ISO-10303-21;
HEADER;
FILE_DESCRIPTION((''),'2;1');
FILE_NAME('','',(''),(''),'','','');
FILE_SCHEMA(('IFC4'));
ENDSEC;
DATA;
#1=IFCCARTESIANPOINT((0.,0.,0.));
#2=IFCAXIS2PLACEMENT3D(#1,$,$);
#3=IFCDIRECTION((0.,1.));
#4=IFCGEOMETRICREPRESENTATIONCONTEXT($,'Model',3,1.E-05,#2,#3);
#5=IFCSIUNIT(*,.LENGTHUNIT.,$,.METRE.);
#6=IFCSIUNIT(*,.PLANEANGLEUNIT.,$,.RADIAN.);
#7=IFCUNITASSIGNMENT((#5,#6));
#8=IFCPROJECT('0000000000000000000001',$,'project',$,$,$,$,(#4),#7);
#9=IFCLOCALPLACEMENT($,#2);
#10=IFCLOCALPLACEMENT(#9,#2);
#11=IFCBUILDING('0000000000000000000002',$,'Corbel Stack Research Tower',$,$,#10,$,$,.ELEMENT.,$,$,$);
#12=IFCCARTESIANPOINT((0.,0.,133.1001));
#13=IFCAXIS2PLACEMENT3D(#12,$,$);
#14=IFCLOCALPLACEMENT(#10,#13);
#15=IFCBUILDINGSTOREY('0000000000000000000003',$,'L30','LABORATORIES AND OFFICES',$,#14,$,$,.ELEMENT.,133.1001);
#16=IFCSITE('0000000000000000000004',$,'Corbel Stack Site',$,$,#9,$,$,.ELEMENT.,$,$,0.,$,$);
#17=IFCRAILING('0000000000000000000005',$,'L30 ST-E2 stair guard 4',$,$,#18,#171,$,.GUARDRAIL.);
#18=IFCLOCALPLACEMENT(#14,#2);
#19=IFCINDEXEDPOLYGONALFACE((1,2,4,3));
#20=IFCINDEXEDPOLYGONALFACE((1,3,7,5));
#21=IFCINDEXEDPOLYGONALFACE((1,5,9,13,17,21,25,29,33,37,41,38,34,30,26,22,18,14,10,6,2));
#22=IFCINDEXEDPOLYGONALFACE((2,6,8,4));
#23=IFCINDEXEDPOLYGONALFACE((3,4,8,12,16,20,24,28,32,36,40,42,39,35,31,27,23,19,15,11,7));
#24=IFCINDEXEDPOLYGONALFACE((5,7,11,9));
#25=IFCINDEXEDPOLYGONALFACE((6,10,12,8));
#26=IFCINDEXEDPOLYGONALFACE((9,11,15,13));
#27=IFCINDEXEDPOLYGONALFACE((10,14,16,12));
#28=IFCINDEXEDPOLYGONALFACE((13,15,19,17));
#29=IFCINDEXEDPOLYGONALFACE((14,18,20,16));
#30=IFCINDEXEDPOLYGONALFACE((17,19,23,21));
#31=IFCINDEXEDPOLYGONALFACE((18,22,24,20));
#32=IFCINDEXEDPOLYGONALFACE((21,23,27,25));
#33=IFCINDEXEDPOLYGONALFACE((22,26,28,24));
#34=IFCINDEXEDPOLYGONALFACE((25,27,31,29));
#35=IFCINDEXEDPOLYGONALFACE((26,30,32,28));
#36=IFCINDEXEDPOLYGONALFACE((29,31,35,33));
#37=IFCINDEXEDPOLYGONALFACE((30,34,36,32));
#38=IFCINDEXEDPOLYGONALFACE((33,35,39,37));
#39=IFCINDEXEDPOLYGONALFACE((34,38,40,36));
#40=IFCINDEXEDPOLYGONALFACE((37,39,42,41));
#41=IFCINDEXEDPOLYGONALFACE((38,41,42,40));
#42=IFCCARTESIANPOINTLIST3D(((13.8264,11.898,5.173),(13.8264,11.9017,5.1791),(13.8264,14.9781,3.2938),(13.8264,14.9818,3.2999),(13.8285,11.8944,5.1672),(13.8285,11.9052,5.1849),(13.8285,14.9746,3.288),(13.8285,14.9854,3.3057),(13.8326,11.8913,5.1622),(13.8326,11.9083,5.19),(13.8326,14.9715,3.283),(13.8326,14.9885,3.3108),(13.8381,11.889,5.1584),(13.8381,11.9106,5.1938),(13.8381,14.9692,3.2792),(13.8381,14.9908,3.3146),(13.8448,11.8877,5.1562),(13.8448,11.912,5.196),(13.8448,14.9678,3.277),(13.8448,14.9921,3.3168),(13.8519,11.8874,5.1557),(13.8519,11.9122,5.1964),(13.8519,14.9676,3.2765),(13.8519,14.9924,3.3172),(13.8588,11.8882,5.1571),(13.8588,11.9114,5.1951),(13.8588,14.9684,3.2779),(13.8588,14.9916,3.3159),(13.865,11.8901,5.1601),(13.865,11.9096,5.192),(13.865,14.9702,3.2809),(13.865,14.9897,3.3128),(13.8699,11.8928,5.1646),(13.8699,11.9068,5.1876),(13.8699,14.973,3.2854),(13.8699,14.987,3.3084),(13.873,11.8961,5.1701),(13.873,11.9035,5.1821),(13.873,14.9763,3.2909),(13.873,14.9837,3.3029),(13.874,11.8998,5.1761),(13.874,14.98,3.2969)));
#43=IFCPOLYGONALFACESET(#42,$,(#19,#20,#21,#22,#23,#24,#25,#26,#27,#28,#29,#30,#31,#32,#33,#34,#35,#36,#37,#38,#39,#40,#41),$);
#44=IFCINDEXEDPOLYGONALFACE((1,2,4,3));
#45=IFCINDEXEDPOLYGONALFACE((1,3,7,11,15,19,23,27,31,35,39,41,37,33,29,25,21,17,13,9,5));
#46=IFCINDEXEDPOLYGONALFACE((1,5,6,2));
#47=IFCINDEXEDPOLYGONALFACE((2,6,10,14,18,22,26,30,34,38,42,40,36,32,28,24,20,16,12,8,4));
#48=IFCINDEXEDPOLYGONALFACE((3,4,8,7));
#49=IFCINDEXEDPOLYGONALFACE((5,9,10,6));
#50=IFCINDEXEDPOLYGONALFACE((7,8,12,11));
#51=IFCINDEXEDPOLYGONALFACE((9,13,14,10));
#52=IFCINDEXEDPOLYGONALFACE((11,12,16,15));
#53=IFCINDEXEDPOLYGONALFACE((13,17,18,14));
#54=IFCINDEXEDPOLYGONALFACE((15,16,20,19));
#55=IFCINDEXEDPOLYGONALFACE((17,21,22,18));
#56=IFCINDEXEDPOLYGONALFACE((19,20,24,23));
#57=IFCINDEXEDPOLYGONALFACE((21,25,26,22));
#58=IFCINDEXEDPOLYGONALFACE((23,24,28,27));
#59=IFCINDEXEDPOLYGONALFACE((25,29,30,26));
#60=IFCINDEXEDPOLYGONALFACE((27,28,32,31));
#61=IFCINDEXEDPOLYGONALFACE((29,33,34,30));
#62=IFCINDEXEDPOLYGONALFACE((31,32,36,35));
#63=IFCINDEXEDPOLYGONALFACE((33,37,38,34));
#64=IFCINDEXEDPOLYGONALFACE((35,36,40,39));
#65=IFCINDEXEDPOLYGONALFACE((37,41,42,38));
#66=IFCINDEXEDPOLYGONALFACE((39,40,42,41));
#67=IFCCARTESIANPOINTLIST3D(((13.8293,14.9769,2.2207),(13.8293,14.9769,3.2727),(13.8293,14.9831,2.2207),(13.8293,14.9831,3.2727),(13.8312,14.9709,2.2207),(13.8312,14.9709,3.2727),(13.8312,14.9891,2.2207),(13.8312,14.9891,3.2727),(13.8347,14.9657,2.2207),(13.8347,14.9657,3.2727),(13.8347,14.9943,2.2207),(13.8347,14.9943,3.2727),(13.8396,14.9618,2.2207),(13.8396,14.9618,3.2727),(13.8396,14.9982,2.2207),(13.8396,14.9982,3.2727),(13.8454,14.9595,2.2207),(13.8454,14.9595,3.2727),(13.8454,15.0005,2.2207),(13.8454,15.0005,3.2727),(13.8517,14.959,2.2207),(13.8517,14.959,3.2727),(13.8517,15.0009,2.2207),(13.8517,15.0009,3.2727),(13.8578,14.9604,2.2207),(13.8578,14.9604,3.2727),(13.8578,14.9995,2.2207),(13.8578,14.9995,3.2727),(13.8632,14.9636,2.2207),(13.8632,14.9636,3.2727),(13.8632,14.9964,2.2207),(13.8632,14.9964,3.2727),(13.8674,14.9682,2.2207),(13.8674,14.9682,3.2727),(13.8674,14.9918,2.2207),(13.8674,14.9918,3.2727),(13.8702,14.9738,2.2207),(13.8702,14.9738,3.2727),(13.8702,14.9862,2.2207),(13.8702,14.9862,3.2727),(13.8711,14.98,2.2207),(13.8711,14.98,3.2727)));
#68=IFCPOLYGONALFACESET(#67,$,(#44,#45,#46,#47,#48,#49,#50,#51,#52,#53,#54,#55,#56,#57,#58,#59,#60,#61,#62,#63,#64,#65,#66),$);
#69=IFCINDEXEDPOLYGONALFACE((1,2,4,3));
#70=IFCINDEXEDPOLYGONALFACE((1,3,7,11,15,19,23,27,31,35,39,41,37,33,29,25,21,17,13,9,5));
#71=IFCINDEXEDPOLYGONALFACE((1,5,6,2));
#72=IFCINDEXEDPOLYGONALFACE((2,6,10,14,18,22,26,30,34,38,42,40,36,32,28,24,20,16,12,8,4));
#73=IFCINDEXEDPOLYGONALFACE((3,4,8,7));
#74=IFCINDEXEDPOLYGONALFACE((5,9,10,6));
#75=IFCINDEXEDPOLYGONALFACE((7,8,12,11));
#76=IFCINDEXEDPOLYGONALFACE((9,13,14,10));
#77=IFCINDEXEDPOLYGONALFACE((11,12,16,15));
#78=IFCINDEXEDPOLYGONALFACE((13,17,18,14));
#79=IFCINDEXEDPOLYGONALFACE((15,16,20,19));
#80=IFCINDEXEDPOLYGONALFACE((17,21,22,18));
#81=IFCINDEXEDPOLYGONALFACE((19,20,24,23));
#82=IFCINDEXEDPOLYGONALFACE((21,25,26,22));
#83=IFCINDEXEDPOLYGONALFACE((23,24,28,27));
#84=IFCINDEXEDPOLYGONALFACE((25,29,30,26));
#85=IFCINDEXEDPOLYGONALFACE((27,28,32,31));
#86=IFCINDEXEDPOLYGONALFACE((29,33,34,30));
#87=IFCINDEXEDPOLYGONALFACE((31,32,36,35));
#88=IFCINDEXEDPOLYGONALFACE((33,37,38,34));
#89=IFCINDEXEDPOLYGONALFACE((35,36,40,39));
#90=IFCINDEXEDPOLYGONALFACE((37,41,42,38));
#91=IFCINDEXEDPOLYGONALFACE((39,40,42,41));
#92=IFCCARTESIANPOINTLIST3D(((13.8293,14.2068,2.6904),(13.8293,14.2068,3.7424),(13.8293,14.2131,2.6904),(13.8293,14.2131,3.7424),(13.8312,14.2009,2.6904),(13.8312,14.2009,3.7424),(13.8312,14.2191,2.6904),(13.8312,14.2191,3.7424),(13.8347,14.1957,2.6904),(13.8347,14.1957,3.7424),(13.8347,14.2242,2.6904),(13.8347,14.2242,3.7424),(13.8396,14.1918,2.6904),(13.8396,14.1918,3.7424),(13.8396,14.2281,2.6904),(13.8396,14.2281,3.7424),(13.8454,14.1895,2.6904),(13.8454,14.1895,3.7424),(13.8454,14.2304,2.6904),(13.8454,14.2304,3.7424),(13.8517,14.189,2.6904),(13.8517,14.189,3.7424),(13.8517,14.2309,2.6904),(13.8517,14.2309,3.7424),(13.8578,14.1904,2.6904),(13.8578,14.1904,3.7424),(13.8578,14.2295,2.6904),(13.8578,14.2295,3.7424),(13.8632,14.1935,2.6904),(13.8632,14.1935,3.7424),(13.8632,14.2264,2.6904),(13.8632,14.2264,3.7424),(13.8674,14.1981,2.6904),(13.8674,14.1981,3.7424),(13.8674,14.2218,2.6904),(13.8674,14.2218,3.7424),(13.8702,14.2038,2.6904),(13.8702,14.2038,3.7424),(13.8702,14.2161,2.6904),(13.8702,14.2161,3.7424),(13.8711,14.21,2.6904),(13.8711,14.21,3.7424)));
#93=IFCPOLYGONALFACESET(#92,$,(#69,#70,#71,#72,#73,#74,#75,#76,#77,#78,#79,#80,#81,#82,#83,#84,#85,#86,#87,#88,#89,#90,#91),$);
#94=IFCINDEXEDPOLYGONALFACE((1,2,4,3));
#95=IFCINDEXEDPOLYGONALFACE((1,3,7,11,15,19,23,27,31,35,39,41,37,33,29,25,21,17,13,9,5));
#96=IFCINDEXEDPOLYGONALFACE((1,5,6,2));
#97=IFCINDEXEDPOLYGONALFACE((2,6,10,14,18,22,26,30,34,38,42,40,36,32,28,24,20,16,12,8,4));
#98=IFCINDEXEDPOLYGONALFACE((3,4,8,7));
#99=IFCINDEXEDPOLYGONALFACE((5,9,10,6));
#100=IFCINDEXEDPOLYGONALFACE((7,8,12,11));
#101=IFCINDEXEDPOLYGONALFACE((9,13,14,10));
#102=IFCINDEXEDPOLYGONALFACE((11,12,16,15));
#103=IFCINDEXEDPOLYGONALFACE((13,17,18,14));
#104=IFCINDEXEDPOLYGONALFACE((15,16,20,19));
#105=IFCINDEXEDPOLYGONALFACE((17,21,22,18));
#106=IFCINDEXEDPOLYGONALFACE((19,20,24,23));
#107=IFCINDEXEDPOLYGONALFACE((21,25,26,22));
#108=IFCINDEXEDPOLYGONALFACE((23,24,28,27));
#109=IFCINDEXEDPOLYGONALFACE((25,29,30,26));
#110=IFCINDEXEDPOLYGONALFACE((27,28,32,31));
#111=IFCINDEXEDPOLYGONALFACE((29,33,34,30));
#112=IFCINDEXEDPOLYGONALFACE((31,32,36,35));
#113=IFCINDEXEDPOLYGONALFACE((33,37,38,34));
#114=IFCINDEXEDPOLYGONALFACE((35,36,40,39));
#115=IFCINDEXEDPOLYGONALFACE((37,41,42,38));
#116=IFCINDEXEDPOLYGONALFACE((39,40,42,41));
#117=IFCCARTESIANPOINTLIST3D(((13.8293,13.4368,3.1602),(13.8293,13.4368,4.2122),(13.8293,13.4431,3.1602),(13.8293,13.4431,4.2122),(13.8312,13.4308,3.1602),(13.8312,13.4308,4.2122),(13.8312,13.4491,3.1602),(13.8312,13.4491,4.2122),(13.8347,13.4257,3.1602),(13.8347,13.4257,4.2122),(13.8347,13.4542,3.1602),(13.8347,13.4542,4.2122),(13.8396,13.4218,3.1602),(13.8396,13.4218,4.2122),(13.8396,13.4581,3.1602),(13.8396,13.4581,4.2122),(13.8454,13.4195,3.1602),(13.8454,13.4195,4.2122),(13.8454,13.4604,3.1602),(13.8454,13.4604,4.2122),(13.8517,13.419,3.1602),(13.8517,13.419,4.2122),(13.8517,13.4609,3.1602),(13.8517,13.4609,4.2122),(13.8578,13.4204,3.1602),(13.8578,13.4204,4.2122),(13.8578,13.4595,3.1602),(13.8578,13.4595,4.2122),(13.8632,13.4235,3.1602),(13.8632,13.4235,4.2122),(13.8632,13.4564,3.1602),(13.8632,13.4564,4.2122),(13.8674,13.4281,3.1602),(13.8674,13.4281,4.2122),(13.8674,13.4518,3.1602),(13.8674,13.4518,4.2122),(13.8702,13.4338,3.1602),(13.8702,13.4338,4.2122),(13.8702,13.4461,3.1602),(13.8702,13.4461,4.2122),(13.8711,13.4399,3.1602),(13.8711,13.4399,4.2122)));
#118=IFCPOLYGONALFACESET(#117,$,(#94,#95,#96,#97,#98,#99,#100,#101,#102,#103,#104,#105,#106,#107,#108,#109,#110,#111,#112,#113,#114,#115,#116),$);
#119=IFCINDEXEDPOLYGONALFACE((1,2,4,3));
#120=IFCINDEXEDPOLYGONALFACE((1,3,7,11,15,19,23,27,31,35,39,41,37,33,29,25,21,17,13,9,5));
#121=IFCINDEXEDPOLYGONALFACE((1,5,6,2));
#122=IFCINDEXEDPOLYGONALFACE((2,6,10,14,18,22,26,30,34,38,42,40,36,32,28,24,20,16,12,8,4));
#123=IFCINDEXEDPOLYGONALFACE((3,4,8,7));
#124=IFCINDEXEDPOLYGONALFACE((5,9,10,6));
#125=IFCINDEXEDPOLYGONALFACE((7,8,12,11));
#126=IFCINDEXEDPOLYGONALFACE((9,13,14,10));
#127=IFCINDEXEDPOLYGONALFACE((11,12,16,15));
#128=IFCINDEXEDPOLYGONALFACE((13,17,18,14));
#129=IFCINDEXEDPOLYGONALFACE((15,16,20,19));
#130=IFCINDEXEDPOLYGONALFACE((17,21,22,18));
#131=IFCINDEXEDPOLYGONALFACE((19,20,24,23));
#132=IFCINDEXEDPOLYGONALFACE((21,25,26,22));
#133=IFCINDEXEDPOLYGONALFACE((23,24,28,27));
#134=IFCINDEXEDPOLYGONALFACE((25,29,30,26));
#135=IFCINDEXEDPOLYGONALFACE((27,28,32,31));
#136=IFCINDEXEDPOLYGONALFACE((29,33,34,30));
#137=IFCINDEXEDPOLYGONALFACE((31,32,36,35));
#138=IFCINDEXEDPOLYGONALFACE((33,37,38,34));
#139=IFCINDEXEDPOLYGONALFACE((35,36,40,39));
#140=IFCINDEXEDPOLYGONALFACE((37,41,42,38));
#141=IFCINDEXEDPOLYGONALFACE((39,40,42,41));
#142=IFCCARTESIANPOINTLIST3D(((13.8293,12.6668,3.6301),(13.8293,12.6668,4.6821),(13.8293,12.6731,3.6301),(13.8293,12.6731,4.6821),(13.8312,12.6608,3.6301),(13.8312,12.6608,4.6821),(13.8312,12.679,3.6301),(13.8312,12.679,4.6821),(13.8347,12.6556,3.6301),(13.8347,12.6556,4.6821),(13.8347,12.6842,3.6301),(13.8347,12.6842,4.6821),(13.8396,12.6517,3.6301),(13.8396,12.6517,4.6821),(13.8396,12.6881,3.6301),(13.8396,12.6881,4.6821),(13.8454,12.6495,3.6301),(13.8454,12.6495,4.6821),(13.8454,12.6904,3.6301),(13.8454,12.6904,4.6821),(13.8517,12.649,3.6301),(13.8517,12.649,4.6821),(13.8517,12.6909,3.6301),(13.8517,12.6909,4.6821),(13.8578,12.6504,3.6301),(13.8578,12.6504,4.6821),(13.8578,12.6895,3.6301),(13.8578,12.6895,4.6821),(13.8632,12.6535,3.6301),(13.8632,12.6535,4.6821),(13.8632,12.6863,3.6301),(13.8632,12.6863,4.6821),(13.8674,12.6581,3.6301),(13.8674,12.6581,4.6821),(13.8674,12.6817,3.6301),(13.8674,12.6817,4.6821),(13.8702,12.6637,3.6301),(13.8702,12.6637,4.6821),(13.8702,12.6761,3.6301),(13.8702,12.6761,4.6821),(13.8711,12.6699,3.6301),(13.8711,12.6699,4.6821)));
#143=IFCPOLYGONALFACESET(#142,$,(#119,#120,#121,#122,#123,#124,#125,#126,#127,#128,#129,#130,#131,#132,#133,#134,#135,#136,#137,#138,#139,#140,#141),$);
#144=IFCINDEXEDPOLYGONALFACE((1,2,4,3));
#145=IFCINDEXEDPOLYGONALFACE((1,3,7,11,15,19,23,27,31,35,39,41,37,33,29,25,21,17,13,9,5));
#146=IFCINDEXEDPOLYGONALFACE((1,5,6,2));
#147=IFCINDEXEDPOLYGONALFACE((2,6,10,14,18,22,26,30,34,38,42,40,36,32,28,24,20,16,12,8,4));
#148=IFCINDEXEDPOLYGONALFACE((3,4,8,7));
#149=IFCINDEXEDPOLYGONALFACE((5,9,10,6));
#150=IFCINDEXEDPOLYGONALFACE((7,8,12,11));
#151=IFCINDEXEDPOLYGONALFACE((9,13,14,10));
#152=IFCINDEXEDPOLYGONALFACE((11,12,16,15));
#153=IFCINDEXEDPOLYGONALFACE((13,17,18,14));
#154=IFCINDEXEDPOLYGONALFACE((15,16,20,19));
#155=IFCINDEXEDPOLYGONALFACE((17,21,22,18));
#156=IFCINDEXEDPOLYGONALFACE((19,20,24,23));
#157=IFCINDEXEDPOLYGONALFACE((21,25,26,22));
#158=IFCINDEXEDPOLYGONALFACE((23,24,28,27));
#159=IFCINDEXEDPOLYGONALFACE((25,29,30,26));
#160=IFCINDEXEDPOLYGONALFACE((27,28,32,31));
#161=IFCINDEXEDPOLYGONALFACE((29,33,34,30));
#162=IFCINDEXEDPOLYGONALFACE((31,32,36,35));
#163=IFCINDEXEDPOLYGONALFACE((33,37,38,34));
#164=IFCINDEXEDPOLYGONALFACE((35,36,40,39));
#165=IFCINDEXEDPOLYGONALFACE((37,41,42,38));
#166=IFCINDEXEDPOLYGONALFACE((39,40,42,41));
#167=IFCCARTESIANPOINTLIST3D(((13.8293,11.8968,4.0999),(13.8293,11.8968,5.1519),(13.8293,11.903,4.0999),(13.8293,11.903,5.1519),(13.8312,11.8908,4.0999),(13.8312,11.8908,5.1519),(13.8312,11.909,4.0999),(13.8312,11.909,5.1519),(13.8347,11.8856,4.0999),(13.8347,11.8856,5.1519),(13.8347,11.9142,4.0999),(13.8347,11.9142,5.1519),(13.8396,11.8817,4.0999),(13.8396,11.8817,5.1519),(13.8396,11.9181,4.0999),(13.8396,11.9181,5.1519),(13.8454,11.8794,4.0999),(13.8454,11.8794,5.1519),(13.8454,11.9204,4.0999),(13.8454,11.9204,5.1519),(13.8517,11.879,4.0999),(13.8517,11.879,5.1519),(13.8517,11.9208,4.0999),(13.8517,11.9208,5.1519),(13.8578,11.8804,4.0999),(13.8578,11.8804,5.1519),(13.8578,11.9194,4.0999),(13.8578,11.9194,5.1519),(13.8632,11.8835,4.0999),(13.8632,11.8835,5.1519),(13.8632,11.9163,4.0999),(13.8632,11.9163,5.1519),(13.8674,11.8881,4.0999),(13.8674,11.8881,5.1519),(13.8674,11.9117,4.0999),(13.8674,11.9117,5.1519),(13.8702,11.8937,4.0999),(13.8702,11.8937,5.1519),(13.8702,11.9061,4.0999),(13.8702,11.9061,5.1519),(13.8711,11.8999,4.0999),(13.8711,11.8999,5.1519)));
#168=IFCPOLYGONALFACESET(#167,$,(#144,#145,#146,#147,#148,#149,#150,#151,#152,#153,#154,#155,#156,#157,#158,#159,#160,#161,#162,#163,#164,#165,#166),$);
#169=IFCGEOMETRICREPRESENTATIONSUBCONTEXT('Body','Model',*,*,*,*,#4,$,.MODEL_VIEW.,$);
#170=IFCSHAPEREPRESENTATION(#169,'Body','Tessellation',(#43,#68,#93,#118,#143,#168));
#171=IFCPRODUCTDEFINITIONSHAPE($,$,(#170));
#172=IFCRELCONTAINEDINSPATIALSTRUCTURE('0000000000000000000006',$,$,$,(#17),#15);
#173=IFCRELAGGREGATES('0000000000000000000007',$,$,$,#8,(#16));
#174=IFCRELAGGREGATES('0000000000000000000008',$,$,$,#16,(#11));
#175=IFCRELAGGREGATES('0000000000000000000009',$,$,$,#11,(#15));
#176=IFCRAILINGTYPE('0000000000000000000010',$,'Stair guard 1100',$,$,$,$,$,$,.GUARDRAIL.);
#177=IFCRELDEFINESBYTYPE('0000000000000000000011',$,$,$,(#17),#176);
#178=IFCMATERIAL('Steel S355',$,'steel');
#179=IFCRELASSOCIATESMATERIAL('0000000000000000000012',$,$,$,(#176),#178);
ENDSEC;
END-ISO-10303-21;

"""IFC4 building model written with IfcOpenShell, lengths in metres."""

from ifc_helpers import new_model, si_unit, direction, frame, origin, origin_2d, place, context, subcontext, project, spatial, circle, extrude, material, type_object, element, save


model = new_model("IFC4")

# Units and contexts
model_context = context("Model", 3, precision=1e-05, world=origin(), true_north=direction((0.0, 1.0)))
body_context = subcontext(model_context, "Body", "Model", "MODEL_VIEW")
ifc_project = project(units=[si_unit("LENGTHUNIT", "METRE"), si_unit("PLANEANGLEUNIT", "RADIAN")], contexts=[model_context])

# Site, building, storey
site_placement = place(None, origin())
site = spatial("IfcSite", under=ifc_project, at=site_placement, Name="Corbel Stack Site", CompositionType="ELEMENT", RefElevation=0.0)
building_placement = place(site_placement, origin())
building = spatial("IfcBuilding", under=site, at=building_placement, Name="Corbel Stack Research Tower", CompositionType="ELEMENT")
storey_placement = place(building_placement, frame((0.0, 0.0, 133.1001)))
storey = spatial("IfcBuildingStorey", under=building, at=storey_placement, Name="L30", Description="LABORATORIES AND OFFICES", CompositionType="ELEMENT", Elevation=133.1001)

# Railing
ifc_material_1 = material(Name="Steel S355", Category="steel")
railing_type_1 = type_object("IfcRailingType", Name="Stair guard 1100", PredefinedType="GUARDRAIL", material=ifc_material_1)
railing_1_placement = place(storey_placement, frame((13.8501, 14.98, 2.2207)))
element("IfcRailing", 1, at=railing_1_placement, inside=storey, type_object=railing_type_1, Name="L30 ST-E2 stair guard 4", PredefinedType="GUARDRAIL", context=body_context, shape_type="SweptSolid", body=[
    extrude(circle(Radius=0.0239, at=origin_2d()), frame((0.0, 0.0, 1.0762), z_axis=(0.0, -0.853666, 0.52082), x_axis=(1.0, 0.0, 0.0)), (0.0, 0.0, 1.0), 3.6082),
    extrude(circle(Radius=0.021, at=origin_2d()), origin(), (0.0, 0.0, 1.0), 1.052),
    extrude(circle(Radius=0.021, at=origin_2d()), frame((0.0, -0.77, 0.4697)), (0.0, 0.0, 1.0), 1.052),
    extrude(circle(Radius=0.021, at=origin_2d()), frame((0.0, -1.54, 0.9395)), (0.0, 0.0, 1.0), 1.052),
    extrude(circle(Radius=0.021, at=origin_2d()), frame((0.0, -2.3101, 1.4094)), (0.0, 0.0, 1.0), 1.052),
    extrude(circle(Radius=0.021, at=origin_2d()), frame((0.0, -3.0801, 1.8792)), (0.0, 0.0, 1.0), 1.052),
])

save(model, "model.ifc")
